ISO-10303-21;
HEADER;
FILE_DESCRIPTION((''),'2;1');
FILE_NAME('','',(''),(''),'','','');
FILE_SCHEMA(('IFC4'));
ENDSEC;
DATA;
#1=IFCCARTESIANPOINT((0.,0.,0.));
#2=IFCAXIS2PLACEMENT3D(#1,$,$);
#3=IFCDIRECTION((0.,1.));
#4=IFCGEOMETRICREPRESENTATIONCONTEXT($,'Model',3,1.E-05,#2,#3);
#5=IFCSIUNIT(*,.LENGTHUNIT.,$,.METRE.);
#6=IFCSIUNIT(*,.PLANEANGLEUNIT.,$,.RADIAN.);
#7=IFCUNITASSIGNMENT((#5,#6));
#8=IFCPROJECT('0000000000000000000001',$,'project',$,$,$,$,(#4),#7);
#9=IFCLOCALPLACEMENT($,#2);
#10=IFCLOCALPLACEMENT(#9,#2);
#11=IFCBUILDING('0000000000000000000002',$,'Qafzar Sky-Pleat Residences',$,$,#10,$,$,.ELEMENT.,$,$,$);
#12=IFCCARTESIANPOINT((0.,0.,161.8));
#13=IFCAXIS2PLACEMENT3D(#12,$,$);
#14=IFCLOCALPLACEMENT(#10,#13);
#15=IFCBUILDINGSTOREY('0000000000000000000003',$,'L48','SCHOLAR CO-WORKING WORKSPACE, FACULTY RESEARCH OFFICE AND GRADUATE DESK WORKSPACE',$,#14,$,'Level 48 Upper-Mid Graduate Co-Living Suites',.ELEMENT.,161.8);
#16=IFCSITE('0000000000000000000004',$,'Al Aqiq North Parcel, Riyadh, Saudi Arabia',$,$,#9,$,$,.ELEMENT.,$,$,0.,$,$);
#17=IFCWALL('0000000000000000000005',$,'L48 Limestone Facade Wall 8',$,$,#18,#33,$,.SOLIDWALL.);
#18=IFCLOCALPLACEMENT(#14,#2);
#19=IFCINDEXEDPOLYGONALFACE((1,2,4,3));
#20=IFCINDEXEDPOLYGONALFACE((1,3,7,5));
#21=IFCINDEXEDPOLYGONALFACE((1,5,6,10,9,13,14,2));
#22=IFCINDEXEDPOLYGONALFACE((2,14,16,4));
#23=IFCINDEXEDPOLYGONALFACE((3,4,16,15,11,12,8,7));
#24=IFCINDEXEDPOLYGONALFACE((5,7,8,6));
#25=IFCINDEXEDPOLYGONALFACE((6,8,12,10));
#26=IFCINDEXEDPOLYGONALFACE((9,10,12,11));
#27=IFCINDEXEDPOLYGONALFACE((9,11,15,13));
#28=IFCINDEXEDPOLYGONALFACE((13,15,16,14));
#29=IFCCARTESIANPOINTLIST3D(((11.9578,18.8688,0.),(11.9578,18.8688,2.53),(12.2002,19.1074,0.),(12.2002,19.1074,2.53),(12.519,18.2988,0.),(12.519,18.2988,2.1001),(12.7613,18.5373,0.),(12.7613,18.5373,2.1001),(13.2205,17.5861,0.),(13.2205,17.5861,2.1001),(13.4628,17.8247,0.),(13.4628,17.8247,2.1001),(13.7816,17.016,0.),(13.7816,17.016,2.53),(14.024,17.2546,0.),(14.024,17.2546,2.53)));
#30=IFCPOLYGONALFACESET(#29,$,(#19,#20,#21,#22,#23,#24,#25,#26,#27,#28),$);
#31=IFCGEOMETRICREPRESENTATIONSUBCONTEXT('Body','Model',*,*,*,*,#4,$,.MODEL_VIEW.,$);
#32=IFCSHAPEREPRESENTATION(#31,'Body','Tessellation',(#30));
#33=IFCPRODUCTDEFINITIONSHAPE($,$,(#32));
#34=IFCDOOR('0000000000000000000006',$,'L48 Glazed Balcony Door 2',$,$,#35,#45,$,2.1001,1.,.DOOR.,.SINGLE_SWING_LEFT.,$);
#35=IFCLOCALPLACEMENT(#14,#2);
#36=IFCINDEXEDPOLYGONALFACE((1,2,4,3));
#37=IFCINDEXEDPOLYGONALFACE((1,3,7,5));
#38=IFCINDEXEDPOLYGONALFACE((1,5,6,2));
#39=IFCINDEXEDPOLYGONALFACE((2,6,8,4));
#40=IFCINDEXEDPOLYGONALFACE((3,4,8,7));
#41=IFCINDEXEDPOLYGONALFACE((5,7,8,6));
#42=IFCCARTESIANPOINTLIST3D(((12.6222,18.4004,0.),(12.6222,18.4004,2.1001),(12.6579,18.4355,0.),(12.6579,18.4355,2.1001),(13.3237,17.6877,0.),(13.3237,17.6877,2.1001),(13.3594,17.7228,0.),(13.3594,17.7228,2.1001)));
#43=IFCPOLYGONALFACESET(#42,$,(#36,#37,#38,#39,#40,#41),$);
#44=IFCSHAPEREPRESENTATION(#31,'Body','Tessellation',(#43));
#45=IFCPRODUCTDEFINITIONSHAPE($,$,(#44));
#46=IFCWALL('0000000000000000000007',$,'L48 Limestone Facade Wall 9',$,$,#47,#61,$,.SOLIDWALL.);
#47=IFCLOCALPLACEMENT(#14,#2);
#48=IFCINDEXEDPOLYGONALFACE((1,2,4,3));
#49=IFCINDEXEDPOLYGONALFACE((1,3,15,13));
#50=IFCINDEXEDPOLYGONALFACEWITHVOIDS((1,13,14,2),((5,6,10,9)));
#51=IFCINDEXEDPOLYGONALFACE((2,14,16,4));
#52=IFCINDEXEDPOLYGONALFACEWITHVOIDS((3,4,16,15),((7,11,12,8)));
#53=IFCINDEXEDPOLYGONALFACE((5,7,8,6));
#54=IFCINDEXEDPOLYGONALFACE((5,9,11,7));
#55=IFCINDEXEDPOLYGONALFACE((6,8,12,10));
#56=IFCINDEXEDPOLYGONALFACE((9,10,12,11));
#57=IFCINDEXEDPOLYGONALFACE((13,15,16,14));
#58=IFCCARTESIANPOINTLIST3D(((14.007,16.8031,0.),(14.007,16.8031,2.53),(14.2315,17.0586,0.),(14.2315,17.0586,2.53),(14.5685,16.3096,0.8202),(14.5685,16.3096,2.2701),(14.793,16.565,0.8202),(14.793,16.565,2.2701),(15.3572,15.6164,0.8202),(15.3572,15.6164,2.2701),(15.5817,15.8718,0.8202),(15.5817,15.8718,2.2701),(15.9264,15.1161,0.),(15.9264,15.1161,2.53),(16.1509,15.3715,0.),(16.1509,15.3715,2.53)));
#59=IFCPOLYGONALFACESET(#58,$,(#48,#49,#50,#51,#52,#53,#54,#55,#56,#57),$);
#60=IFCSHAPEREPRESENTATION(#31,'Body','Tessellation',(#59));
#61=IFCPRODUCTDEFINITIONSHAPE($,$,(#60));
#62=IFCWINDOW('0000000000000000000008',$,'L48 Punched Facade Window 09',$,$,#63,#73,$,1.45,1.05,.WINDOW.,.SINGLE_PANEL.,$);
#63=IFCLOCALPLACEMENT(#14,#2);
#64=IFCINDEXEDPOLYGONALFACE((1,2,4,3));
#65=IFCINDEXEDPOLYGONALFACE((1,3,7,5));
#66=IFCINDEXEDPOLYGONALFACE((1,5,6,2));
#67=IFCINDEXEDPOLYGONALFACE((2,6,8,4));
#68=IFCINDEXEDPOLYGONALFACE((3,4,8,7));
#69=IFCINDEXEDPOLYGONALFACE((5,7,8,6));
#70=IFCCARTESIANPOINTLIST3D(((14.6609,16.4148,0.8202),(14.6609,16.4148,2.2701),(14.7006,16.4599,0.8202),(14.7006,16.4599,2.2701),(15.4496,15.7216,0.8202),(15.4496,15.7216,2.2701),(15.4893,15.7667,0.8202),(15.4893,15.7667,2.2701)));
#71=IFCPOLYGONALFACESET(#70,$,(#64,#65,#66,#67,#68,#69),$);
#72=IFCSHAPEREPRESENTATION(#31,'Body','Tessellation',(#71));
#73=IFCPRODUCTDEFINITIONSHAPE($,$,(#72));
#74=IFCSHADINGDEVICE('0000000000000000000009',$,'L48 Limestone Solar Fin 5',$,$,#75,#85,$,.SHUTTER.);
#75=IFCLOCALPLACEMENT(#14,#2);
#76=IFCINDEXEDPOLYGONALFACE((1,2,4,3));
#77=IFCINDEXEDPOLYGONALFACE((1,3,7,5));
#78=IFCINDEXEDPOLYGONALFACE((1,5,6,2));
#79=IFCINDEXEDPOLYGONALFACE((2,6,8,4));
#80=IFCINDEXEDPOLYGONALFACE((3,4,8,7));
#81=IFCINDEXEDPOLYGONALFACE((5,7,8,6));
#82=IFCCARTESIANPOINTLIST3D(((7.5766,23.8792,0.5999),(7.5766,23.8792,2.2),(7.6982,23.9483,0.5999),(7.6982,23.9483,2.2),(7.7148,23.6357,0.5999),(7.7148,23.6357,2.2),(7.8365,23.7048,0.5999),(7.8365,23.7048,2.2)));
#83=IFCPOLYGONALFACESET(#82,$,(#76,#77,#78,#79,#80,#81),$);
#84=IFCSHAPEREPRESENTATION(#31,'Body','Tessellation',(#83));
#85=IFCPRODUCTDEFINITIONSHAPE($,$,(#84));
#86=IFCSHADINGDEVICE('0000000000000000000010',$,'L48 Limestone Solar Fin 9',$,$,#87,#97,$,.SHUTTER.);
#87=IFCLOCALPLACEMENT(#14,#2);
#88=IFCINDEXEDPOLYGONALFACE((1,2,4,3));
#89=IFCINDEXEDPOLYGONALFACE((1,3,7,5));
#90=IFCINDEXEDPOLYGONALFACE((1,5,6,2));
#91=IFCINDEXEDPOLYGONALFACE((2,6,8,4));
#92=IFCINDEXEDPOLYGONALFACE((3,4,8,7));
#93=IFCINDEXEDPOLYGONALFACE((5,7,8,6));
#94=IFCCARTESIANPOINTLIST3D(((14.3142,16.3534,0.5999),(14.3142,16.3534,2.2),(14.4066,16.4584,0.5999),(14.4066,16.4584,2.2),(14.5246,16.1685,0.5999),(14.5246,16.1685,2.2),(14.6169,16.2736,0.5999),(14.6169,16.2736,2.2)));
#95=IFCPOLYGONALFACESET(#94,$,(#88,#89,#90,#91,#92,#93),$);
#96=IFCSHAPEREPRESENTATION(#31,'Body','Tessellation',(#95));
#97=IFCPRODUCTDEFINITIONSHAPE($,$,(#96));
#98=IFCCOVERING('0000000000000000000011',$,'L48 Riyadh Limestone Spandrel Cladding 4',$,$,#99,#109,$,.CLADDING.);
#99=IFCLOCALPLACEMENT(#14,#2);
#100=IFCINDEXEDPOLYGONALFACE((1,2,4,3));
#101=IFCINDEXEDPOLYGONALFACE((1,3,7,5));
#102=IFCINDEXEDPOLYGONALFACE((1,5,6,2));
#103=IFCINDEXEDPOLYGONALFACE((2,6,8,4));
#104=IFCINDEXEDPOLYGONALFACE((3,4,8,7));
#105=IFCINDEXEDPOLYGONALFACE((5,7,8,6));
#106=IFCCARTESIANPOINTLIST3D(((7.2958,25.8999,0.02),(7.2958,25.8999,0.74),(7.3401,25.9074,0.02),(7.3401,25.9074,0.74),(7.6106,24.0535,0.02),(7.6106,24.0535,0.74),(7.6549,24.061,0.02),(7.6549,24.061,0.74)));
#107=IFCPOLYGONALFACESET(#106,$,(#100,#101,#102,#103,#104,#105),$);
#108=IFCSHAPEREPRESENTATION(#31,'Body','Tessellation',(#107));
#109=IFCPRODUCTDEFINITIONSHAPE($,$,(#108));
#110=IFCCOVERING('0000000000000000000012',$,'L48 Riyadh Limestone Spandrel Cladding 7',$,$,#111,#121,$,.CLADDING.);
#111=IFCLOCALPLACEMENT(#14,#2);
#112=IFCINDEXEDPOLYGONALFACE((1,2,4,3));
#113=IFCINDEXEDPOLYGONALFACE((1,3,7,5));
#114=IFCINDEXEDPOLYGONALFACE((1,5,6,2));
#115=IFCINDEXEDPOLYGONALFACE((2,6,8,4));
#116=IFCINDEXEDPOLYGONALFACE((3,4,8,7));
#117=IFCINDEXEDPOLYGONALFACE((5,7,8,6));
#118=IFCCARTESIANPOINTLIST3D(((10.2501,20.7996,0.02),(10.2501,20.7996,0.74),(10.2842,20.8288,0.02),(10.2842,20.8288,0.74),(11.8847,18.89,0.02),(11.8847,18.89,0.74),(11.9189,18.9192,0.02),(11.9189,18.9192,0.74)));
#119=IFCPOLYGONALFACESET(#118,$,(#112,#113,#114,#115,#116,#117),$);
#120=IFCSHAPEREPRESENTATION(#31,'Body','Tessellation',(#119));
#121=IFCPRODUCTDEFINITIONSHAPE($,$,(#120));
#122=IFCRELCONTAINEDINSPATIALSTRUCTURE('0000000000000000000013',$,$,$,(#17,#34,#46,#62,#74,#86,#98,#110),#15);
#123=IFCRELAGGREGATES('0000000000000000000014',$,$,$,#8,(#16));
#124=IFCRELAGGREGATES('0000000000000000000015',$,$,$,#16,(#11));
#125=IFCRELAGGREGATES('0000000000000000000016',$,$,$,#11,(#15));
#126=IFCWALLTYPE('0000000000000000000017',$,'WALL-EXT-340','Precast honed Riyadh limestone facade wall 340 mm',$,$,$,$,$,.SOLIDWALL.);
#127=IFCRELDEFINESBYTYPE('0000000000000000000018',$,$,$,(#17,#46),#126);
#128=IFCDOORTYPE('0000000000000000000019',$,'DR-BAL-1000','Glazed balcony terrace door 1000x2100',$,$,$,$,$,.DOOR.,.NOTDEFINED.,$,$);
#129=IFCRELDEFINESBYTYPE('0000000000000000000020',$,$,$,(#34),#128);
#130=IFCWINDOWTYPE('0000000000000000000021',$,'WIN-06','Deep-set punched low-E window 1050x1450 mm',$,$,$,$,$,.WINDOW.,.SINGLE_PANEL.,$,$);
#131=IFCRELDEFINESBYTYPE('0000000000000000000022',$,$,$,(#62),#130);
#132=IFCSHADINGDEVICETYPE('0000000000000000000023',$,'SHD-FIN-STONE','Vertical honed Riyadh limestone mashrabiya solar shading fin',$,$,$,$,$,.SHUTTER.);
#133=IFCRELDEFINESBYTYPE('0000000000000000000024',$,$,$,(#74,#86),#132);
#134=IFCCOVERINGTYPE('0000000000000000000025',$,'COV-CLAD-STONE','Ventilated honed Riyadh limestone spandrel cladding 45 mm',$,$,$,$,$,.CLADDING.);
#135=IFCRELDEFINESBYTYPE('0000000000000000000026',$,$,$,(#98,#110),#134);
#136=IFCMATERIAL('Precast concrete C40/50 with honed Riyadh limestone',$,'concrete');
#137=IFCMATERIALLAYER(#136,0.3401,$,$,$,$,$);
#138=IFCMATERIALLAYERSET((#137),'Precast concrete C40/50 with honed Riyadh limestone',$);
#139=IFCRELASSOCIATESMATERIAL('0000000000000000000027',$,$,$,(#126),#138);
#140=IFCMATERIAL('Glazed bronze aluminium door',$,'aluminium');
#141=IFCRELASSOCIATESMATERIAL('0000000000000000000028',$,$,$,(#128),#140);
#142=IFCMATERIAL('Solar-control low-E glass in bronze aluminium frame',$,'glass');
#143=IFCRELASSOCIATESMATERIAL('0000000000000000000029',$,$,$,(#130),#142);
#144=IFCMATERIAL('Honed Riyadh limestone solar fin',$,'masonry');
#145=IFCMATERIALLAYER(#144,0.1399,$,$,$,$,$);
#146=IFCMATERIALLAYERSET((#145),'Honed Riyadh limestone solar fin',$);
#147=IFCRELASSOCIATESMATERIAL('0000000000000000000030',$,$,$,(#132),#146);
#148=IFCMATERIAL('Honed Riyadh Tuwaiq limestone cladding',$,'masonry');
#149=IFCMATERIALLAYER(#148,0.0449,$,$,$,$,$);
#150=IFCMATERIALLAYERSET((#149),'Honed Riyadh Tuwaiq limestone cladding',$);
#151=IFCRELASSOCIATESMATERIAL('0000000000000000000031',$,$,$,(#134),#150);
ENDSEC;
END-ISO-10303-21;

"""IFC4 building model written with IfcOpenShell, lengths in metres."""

from ifc_helpers import new_model, si_unit, direction, frame, frame_2d, origin, origin_2d, place, context, subcontext, project, spatial, rectangle, extrude, source, transform, mapped, material, layer, layer_set, type_object, element, fill, save


model = new_model("IFC4")

# Units and contexts
model_context = context("Model", 3, precision=1e-05, world=origin(), true_north=direction((0.0, 1.0)))
body_context = subcontext(model_context, "Body", "Model", "MODEL_VIEW")
ifc_project = project(units=[si_unit("LENGTHUNIT", "METRE"), si_unit("PLANEANGLEUNIT", "RADIAN")], contexts=[model_context])

# Site, building, storey
site_placement = place(None, origin())
site = spatial("IfcSite", under=ifc_project, at=site_placement, Name="Al Aqiq North Parcel, Riyadh, Saudi Arabia", CompositionType="ELEMENT", RefElevation=0.0)
building_placement = place(site_placement, origin())
building = spatial("IfcBuilding", under=site, at=building_placement, Name="Qafzar Sky-Pleat Residences", CompositionType="ELEMENT")
storey_placement = place(building_placement, frame((0.0, 0.0, 161.8)))
storey = spatial("IfcBuildingStorey", under=building, at=storey_placement, Name="L48", Description="SCHOLAR CO-WORKING WORKSPACE, FACULTY RESEARCH OFFICE AND GRADUATE DESK WORKSPACE", LongName="Level 48 Upper-Mid Graduate Co-Living Suites", CompositionType="ELEMENT", Elevation=161.8)

# Shared definitions
ifc_material_1 = material(Name="Precast concrete C40/50 with honed Riyadh limestone", Category="concrete")
ifc_layer_1 = layer(ifc_material_1, 0.3401)
ifc_layer_set_1 = layer_set([ifc_layer_1], Name="Precast concrete C40/50 with honed Riyadh limestone")
wall_type = type_object("IfcWallType", Name="WALL-EXT-340", Description="Precast honed Riyadh limestone facade wall 340 mm", PredefinedType="SOLIDWALL", material=ifc_layer_set_1)
ifc_material_2 = material(Name="Solar-control low-E glass in bronze aluminium frame", Category="glass")

# Wall, opening, door
wall_1_placement = place(storey_placement, frame((12.0791, 18.988, 0.0), z_axis=(0.0, 0.0, 1.0), x_axis=(0.701497, -0.712672, 0.0)))
wall_1 = element("IfcWall", 1, at=wall_1_placement, inside=storey, type_object=wall_type, Name="L48 Limestone Facade Wall 8", PredefinedType="SOLIDWALL", context=body_context, shape_type="SweptSolid", body=[
    extrude(rectangle(XDim=2.5999, YDim=0.3401, at=frame_2d((1.2998, 0.0))), origin(), (0.0, 0.0, 1.0), 2.53),
])
opening_1_placement = place(wall_1_placement, frame((0.7998, 0.0, 0.0)))
opening_1 = element("IfcOpeningElement", 2, at=opening_1_placement, cuts=wall_1, PredefinedType="OPENING", context=body_context, shape_type="SweptSolid", body=[
    extrude(rectangle(XDim=1.0, YDim=2.1001, at=frame_2d((0.5, 1.05))), frame((0.0, 0.1802, 0.0), z_axis=(0.0, -1.0, 0.0), x_axis=(1.0, 0.0, 0.0)), (0.0, 0.0, 1.0), 0.3601),
])
ifc_material_3 = material(Name="Glazed bronze aluminium door", Category="aluminium")
door_type = type_object("IfcDoorType", Name="DR-BAL-1000", Description="Glazed balcony terrace door 1000x2100", OperationType="NOTDEFINED", PredefinedType="DOOR", material=ifc_material_3)
shared_shape_1 = source(origin(), body_context, "Body", "SweptSolid", [
    extrude(rectangle(XDim=1.0, YDim=2.1001, at=frame_2d((0.5, 1.05))), frame((0.0, 0.0249, 0.0), z_axis=(0.0, -1.0, 0.0), x_axis=(1.0, 0.0, 0.0)), (0.0, 0.0, 1.0), 0.05),
])
door_placement = place(opening_1_placement, origin())
door = element("IfcDoor", 3, at=door_placement, inside=storey, type_object=door_type, Name="L48 Glazed Balcony Door 2", OperationType="SINGLE_SWING_LEFT", OverallHeight=2.1001, OverallWidth=1.0, PredefinedType="DOOR", context=body_context, shape_type="MappedRepresentation", body=[
    mapped(shared_shape_1, transform((0.0, 0.0, 0.0), x_axis=(1.0, 0.0, 0.0), y_axis=(0.0, 1.0, 0.0), z_axis=(0.0, 0.0, 1.0), scale=1.0)),
])
fill(opening_1, door)

# Wall, opening, window
wall_2_placement = place(storey_placement, frame((14.1191, 16.9309, 0.0), z_axis=(0.0, 0.0, 1.0), x_axis=(0.751119, -0.660167, 0.0)))
wall_2 = element("IfcWall", 4, at=wall_2_placement, inside=storey, type_object=wall_type, Name="L48 Limestone Facade Wall 9", PredefinedType="SOLIDWALL", context=body_context, shape_type="SweptSolid", body=[
    extrude(rectangle(XDim=2.5554, YDim=0.3401, at=frame_2d((1.2778, 0.0))), origin(), (0.0, 0.0, 1.0), 2.53),
])
opening_2_placement = place(wall_2_placement, frame((0.7478, 0.0, 0.8201)))
opening_2 = element("IfcOpeningElement", 5, at=opening_2_placement, cuts=wall_2, PredefinedType="OPENING", context=body_context, shape_type="SweptSolid", body=[
    extrude(rectangle(XDim=1.05, YDim=1.45, at=frame_2d((0.5249, 0.7251))), frame((0.0, 0.1802, 0.0), z_axis=(0.0, -1.0, 0.0), x_axis=(1.0, 0.0, 0.0)), (0.0, 0.0, 1.0), 0.3601),
])
window_type_1 = type_object("IfcWindowType", Name="WIN-06", Description="Deep-set punched low-E window 1050x1450 mm", PartitioningType="SINGLE_PANEL", PredefinedType="WINDOW", material=ifc_material_2)
shared_shape_2 = source(origin(), body_context, "Body", "SweptSolid", [
    extrude(rectangle(XDim=1.05, YDim=1.45, at=frame_2d((0.5249, 0.7251))), frame((0.0, 0.03, 0.0), z_axis=(0.0, -1.0, 0.0), x_axis=(1.0, 0.0, 0.0)), (0.0, 0.0, 1.0), 0.0601),
])
window_1_placement = place(opening_2_placement, origin())
window_1 = element("IfcWindow", 6, at=window_1_placement, inside=storey, type_object=window_type_1, Name="L48 Punched Facade Window 09", OverallHeight=1.45, OverallWidth=1.05, PartitioningType="SINGLE_PANEL", PredefinedType="WINDOW", context=body_context, shape_type="MappedRepresentation", body=[
    mapped(shared_shape_2, transform((0.0, 0.0, 0.0), x_axis=(1.0, 0.0, 0.0), y_axis=(0.0, 1.0, 0.0), z_axis=(0.0, 0.0, 1.0), scale=1.0)),
])
fill(opening_2, window_1)

# Shading devices
ifc_material_4 = material(Name="Honed Riyadh limestone solar fin", Category="masonry")
ifc_layer_2 = layer(ifc_material_4, 0.1399)
ifc_layer_set_2 = layer_set([ifc_layer_2], Name="Honed Riyadh limestone solar fin")
shading_device_type = type_object("IfcShadingDeviceType", Name="SHD-FIN-STONE", Description="Vertical honed Riyadh limestone mashrabiya solar shading fin", PredefinedType="SHUTTER", material=ifc_layer_set_2)
shared_shape_3 = source(origin(), body_context, "Body", "SweptSolid", [
    extrude(rectangle(XDim=0.1399, YDim=0.28, at=origin_2d()), origin(), (0.0, 0.0, 1.0), 1.6001),
])
for number, where, z_axis, x_axis, name in (
    (7, (7.7065, 23.792, 0.5999), (0.0, 0.0, 1.0), (-0.869636, -0.493693, 0.0), "L48 Limestone Solar Fin 5"),
    (8, (14.4656, 16.3135, 0.5999), (0.0, 0.0, 1.0), (-0.660161, -0.751124, 0.0), "L48 Limestone Solar Fin 9"),
):
    element("IfcShadingDevice", number, at=place(storey_placement, frame(where, z_axis=z_axis, x_axis=x_axis)), inside=storey, type_object=shading_device_type, Name=name, PredefinedType="SHUTTER", context=body_context, shape_type="MappedRepresentation", body=[
        mapped(shared_shape_3, transform((0.0, 0.0, 0.0), x_axis=(1.0, 0.0, 0.0), y_axis=(0.0, 1.0, 0.0), z_axis=(0.0, 0.0, 1.0), scale=1.0)),
    ])

# Covering
ifc_material_5 = material(Name="Honed Riyadh Tuwaiq limestone cladding", Category="masonry")
ifc_layer_3 = layer(ifc_material_5, 0.0449)
ifc_layer_set_3 = layer_set([ifc_layer_3], Name="Honed Riyadh Tuwaiq limestone cladding")
covering_type = type_object("IfcCoveringType", Name="COV-CLAD-STONE", Description="Ventilated honed Riyadh limestone spandrel cladding 45 mm", PredefinedType="CLADDING", material=ifc_layer_set_3)
shared_shape_4 = source(origin(), body_context, "Body", "SweptSolid", [
    extrude(rectangle(XDim=1.873, YDim=0.0449, at=origin_2d()), origin(), (0.0, 0.0, 1.0), 0.72),
])
covering_1_placement = place(storey_placement, frame((7.4753, 24.9805, 0.02), z_axis=(0.0, 0.0, 1.0), x_axis=(0.168084, -0.985773, 0.0)))
element("IfcCovering", 9, at=covering_1_placement, inside=storey, type_object=covering_type, Name="L48 Riyadh Limestone Spandrel Cladding 4", PredefinedType="CLADDING", context=body_context, shape_type="MappedRepresentation", body=[
    mapped(shared_shape_4, transform((0.0, 0.0, 0.0), x_axis=(1.0, 0.0, 0.0), y_axis=(0.0, 1.0, 0.0), z_axis=(0.0, 0.0, 1.0), scale=1.0)),
])

# Covering
shared_shape_5 = source(origin(), body_context, "Body", "SweptSolid", [
    extrude(rectangle(XDim=2.5137, YDim=0.0449, at=origin_2d()), origin(), (0.0, 0.0, 1.0), 0.72),
])
covering_2_placement = place(storey_placement, frame((11.0845, 19.8594, 0.02), z_axis=(0.0, 0.0, 1.0), x_axis=(0.650296, -0.759681, 0.0)))
element("IfcCovering", 10, at=covering_2_placement, inside=storey, type_object=covering_type, Name="L48 Riyadh Limestone Spandrel Cladding 7", PredefinedType="CLADDING", context=body_context, shape_type="MappedRepresentation", body=[
    mapped(shared_shape_5, transform((0.0, 0.0, 0.0), x_axis=(1.0, 0.0, 0.0), y_axis=(0.0, 1.0, 0.0), z_axis=(0.0, 0.0, 1.0), scale=1.0)),
])

save(model, "model.ifc")
